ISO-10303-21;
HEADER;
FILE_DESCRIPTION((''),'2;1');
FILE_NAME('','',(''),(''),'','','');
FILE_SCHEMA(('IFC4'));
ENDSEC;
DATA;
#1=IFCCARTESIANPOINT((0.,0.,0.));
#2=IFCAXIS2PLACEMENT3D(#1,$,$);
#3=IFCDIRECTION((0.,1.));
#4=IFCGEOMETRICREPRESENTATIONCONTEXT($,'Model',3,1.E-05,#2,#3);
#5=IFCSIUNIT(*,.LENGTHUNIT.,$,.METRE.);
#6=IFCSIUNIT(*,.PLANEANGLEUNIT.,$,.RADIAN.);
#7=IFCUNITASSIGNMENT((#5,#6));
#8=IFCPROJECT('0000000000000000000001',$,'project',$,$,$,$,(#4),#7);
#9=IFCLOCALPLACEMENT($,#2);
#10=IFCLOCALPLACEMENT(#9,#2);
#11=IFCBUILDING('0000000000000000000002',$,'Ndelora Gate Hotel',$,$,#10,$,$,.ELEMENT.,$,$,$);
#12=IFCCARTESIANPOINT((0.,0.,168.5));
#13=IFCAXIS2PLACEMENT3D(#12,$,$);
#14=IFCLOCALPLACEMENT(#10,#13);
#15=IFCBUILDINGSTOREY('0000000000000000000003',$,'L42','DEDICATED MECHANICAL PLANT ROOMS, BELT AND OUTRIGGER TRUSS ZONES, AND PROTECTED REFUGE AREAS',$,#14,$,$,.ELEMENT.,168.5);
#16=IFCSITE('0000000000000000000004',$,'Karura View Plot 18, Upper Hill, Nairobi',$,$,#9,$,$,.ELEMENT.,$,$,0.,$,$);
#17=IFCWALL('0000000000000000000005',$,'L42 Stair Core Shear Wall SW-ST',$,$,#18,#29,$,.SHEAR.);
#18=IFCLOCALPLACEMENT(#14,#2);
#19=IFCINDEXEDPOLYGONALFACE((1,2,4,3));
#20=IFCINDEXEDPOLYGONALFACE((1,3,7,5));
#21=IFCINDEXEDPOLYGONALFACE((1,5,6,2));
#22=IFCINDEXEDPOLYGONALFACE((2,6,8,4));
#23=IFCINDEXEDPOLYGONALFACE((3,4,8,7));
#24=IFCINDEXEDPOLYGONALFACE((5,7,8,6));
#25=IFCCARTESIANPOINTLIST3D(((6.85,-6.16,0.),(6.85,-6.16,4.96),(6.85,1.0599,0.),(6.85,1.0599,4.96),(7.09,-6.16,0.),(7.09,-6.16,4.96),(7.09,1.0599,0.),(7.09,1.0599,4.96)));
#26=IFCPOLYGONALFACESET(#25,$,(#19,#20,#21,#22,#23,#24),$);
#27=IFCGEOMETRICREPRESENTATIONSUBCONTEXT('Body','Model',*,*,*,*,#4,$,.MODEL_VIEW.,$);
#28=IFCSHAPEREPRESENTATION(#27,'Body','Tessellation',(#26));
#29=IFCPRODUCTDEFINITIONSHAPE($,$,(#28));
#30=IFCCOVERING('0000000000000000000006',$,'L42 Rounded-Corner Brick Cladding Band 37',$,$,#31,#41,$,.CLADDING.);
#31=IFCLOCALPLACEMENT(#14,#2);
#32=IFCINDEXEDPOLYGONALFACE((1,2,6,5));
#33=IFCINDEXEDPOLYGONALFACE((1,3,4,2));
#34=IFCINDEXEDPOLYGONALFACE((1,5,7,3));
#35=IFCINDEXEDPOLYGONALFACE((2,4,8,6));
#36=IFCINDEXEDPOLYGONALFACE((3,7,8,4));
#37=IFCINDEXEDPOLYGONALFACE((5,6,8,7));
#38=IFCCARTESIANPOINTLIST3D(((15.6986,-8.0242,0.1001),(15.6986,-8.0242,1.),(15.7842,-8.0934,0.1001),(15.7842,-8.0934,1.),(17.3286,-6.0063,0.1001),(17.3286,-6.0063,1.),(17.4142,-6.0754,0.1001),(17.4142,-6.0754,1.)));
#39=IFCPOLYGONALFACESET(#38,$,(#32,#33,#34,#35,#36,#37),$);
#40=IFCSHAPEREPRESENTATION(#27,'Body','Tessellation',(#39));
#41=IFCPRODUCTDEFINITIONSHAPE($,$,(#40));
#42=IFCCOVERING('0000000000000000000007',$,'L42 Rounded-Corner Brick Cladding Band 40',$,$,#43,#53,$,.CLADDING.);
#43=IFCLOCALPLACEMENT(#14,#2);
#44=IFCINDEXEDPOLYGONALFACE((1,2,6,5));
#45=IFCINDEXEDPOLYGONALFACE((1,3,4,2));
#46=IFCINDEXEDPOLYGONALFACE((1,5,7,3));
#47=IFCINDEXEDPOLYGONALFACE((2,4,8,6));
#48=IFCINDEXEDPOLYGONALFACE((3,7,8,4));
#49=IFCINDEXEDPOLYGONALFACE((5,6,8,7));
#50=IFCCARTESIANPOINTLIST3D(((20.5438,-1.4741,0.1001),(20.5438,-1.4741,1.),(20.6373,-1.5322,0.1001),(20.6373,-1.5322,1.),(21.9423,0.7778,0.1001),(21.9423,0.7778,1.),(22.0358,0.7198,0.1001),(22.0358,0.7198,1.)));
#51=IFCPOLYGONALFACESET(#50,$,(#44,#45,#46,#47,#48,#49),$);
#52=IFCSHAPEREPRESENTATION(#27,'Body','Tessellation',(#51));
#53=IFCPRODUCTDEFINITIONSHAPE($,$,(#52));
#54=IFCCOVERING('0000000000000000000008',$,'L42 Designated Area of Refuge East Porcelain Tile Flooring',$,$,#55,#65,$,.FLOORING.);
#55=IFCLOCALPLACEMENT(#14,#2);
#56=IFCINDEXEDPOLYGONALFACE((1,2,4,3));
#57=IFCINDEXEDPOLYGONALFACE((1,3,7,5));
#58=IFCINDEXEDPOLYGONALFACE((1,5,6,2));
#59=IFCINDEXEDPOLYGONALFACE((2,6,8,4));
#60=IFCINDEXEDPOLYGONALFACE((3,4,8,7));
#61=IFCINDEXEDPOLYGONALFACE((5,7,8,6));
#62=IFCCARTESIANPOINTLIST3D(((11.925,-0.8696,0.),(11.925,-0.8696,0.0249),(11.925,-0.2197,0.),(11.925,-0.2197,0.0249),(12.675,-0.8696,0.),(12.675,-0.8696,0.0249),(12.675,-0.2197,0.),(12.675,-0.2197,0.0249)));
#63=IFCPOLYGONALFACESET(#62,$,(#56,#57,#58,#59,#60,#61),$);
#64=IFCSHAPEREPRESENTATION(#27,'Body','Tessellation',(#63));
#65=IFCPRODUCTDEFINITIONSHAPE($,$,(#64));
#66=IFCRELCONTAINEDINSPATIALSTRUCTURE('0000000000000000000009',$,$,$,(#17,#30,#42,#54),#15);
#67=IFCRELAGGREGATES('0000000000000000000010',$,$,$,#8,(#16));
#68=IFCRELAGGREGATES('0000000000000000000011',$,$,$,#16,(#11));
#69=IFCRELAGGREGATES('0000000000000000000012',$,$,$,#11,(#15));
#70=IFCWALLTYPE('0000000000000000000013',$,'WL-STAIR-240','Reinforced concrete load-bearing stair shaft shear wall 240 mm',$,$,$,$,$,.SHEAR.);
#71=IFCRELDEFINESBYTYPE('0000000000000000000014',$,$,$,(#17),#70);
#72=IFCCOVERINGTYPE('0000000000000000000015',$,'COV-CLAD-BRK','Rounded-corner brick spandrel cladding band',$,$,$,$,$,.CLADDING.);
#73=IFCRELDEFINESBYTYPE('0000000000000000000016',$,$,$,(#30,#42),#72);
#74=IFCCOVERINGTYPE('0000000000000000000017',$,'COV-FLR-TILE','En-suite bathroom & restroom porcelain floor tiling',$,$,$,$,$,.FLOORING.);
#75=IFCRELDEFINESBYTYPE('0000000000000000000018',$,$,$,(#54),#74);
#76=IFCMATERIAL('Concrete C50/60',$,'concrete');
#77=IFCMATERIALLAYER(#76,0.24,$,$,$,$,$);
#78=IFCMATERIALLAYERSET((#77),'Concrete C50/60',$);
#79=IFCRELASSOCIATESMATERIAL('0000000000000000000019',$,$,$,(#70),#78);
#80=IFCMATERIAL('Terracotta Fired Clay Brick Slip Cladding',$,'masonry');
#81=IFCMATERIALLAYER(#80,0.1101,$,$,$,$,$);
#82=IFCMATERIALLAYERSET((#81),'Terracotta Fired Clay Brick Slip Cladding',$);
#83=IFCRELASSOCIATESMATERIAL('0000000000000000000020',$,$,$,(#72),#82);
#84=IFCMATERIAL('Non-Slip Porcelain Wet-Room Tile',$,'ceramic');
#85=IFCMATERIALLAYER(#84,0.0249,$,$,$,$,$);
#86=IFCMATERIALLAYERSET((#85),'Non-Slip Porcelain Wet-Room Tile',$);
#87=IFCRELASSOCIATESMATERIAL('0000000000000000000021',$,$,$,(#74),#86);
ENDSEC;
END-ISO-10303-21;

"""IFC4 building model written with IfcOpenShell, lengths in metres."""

from ifc_helpers import new_model, si_unit, direction, frame, frame_2d, origin, origin_2d, place, context, subcontext, project, spatial, rectangle, extrude, material, layer, layer_set, type_object, element, save


model = new_model("IFC4")

# Units and contexts
model_context = context("Model", 3, precision=1e-05, world=origin(), true_north=direction((0.0, 1.0)))
body_context = subcontext(model_context, "Body", "Model", "MODEL_VIEW")
ifc_project = project(units=[si_unit("LENGTHUNIT", "METRE"), si_unit("PLANEANGLEUNIT", "RADIAN")], contexts=[model_context])

# Site, building, storey
site_placement = place(None, origin())
site = spatial("IfcSite", under=ifc_project, at=site_placement, Name="Karura View Plot 18, Upper Hill, Nairobi", CompositionType="ELEMENT", RefElevation=0.0)
building_placement = place(site_placement, origin())
building = spatial("IfcBuilding", under=site, at=building_placement, Name="Ndelora Gate Hotel", CompositionType="ELEMENT")
storey_placement = place(building_placement, frame((0.0, 0.0, 168.5)))
storey = spatial("IfcBuildingStorey", under=building, at=storey_placement, Name="L42", Description="DEDICATED MECHANICAL PLANT ROOMS, BELT AND OUTRIGGER TRUSS ZONES, AND PROTECTED REFUGE AREAS", CompositionType="ELEMENT", Elevation=168.5)

# Wall
ifc_material_1 = material(Name="Concrete C50/60", Category="concrete")
ifc_layer_1 = layer(ifc_material_1, 0.24)
ifc_layer_set_1 = layer_set([ifc_layer_1], Name="Concrete C50/60")
wall_type_1 = type_object("IfcWallType", Name="WL-STAIR-240", Description="Reinforced concrete load-bearing stair shaft shear wall 240 mm", PredefinedType="SHEAR", material=ifc_layer_set_1)
wall_1_placement = place(storey_placement, frame((6.97, -6.1599, 0.0), z_axis=(0.0, 0.0, 1.0), x_axis=(0.0, 1.0, 0.0)))
element("IfcWall", 1, at=wall_1_placement, inside=storey, type_object=wall_type_1, Name="L42 Stair Core Shear Wall SW-ST", PredefinedType="SHEAR", context=body_context, shape_type="SweptSolid", body=[
    extrude(rectangle(XDim=7.22, YDim=0.24, at=frame_2d((3.6099, 0.0))), origin(), (0.0, 0.0, 1.0), 4.96),
])

# Coverings
ifc_material_2 = material(Name="Terracotta Fired Clay Brick Slip Cladding", Category="masonry")
ifc_layer_2 = layer(ifc_material_2, 0.1101)
ifc_layer_set_2 = layer_set([ifc_layer_2], Name="Terracotta Fired Clay Brick Slip Cladding")
covering_type_1 = type_object("IfcCoveringType", Name="COV-CLAD-BRK", Description="Rounded-corner brick spandrel cladding band", PredefinedType="CLADDING", material=ifc_layer_set_2)
covering_1_placement = place(storey_placement, frame((16.5564, -7.0498, 0.1001), z_axis=(0.0, 0.0, 1.0), x_axis=(0.62837, 0.777914, 0.0)))
element("IfcCovering", 2, at=covering_1_placement, inside=storey, type_object=covering_type_1, Name="L42 Rounded-Corner Brick Cladding Band 37", PredefinedType="CLADDING", context=body_context, shape_type="SweptSolid", body=[
    extrude(rectangle(XDim=2.594, YDim=0.1101, at=origin_2d()), origin(), (0.0, 0.0, 1.0), 0.8999),
])
covering_2_placement = place(storey_placement, frame((21.2898, -0.3772, 0.1001), z_axis=(0.0, 0.0, 1.0), x_axis=(0.527549, 0.849525, 0.0)))
element("IfcCovering", 3, at=covering_2_placement, inside=storey, type_object=covering_type_1, Name="L42 Rounded-Corner Brick Cladding Band 40", PredefinedType="CLADDING", context=body_context, shape_type="SweptSolid", body=[
    extrude(rectangle(XDim=2.6509, YDim=0.1101, at=origin_2d()), origin(), (0.0, 0.0, 1.0), 0.8999),
])
ifc_material_3 = material(Name="Non-Slip Porcelain Wet-Room Tile", Category="ceramic")
ifc_layer_3 = layer(ifc_material_3, 0.0249)
ifc_layer_set_3 = layer_set([ifc_layer_3], Name="Non-Slip Porcelain Wet-Room Tile")
covering_type_2 = type_object("IfcCoveringType", Name="COV-FLR-TILE", Description="En-suite bathroom & restroom porcelain floor tiling", PredefinedType="FLOORING", material=ifc_layer_set_3)
covering_3_placement = place(storey_placement, frame((12.3, -0.5447, 0.0), z_axis=(0.0, 0.0, 1.0), x_axis=(1.0, 0.0, 0.0)))
element("IfcCovering", 4, at=covering_3_placement, inside=storey, type_object=covering_type_2, Name="L42 Designated Area of Refuge East Porcelain Tile Flooring", PredefinedType="FLOORING", context=body_context, shape_type="SweptSolid", body=[
    extrude(rectangle(XDim=0.75, YDim=0.6499, at=origin_2d()), origin(), (0.0, 0.0, 1.0), 0.0249),
])

save(model, "model.ifc")
